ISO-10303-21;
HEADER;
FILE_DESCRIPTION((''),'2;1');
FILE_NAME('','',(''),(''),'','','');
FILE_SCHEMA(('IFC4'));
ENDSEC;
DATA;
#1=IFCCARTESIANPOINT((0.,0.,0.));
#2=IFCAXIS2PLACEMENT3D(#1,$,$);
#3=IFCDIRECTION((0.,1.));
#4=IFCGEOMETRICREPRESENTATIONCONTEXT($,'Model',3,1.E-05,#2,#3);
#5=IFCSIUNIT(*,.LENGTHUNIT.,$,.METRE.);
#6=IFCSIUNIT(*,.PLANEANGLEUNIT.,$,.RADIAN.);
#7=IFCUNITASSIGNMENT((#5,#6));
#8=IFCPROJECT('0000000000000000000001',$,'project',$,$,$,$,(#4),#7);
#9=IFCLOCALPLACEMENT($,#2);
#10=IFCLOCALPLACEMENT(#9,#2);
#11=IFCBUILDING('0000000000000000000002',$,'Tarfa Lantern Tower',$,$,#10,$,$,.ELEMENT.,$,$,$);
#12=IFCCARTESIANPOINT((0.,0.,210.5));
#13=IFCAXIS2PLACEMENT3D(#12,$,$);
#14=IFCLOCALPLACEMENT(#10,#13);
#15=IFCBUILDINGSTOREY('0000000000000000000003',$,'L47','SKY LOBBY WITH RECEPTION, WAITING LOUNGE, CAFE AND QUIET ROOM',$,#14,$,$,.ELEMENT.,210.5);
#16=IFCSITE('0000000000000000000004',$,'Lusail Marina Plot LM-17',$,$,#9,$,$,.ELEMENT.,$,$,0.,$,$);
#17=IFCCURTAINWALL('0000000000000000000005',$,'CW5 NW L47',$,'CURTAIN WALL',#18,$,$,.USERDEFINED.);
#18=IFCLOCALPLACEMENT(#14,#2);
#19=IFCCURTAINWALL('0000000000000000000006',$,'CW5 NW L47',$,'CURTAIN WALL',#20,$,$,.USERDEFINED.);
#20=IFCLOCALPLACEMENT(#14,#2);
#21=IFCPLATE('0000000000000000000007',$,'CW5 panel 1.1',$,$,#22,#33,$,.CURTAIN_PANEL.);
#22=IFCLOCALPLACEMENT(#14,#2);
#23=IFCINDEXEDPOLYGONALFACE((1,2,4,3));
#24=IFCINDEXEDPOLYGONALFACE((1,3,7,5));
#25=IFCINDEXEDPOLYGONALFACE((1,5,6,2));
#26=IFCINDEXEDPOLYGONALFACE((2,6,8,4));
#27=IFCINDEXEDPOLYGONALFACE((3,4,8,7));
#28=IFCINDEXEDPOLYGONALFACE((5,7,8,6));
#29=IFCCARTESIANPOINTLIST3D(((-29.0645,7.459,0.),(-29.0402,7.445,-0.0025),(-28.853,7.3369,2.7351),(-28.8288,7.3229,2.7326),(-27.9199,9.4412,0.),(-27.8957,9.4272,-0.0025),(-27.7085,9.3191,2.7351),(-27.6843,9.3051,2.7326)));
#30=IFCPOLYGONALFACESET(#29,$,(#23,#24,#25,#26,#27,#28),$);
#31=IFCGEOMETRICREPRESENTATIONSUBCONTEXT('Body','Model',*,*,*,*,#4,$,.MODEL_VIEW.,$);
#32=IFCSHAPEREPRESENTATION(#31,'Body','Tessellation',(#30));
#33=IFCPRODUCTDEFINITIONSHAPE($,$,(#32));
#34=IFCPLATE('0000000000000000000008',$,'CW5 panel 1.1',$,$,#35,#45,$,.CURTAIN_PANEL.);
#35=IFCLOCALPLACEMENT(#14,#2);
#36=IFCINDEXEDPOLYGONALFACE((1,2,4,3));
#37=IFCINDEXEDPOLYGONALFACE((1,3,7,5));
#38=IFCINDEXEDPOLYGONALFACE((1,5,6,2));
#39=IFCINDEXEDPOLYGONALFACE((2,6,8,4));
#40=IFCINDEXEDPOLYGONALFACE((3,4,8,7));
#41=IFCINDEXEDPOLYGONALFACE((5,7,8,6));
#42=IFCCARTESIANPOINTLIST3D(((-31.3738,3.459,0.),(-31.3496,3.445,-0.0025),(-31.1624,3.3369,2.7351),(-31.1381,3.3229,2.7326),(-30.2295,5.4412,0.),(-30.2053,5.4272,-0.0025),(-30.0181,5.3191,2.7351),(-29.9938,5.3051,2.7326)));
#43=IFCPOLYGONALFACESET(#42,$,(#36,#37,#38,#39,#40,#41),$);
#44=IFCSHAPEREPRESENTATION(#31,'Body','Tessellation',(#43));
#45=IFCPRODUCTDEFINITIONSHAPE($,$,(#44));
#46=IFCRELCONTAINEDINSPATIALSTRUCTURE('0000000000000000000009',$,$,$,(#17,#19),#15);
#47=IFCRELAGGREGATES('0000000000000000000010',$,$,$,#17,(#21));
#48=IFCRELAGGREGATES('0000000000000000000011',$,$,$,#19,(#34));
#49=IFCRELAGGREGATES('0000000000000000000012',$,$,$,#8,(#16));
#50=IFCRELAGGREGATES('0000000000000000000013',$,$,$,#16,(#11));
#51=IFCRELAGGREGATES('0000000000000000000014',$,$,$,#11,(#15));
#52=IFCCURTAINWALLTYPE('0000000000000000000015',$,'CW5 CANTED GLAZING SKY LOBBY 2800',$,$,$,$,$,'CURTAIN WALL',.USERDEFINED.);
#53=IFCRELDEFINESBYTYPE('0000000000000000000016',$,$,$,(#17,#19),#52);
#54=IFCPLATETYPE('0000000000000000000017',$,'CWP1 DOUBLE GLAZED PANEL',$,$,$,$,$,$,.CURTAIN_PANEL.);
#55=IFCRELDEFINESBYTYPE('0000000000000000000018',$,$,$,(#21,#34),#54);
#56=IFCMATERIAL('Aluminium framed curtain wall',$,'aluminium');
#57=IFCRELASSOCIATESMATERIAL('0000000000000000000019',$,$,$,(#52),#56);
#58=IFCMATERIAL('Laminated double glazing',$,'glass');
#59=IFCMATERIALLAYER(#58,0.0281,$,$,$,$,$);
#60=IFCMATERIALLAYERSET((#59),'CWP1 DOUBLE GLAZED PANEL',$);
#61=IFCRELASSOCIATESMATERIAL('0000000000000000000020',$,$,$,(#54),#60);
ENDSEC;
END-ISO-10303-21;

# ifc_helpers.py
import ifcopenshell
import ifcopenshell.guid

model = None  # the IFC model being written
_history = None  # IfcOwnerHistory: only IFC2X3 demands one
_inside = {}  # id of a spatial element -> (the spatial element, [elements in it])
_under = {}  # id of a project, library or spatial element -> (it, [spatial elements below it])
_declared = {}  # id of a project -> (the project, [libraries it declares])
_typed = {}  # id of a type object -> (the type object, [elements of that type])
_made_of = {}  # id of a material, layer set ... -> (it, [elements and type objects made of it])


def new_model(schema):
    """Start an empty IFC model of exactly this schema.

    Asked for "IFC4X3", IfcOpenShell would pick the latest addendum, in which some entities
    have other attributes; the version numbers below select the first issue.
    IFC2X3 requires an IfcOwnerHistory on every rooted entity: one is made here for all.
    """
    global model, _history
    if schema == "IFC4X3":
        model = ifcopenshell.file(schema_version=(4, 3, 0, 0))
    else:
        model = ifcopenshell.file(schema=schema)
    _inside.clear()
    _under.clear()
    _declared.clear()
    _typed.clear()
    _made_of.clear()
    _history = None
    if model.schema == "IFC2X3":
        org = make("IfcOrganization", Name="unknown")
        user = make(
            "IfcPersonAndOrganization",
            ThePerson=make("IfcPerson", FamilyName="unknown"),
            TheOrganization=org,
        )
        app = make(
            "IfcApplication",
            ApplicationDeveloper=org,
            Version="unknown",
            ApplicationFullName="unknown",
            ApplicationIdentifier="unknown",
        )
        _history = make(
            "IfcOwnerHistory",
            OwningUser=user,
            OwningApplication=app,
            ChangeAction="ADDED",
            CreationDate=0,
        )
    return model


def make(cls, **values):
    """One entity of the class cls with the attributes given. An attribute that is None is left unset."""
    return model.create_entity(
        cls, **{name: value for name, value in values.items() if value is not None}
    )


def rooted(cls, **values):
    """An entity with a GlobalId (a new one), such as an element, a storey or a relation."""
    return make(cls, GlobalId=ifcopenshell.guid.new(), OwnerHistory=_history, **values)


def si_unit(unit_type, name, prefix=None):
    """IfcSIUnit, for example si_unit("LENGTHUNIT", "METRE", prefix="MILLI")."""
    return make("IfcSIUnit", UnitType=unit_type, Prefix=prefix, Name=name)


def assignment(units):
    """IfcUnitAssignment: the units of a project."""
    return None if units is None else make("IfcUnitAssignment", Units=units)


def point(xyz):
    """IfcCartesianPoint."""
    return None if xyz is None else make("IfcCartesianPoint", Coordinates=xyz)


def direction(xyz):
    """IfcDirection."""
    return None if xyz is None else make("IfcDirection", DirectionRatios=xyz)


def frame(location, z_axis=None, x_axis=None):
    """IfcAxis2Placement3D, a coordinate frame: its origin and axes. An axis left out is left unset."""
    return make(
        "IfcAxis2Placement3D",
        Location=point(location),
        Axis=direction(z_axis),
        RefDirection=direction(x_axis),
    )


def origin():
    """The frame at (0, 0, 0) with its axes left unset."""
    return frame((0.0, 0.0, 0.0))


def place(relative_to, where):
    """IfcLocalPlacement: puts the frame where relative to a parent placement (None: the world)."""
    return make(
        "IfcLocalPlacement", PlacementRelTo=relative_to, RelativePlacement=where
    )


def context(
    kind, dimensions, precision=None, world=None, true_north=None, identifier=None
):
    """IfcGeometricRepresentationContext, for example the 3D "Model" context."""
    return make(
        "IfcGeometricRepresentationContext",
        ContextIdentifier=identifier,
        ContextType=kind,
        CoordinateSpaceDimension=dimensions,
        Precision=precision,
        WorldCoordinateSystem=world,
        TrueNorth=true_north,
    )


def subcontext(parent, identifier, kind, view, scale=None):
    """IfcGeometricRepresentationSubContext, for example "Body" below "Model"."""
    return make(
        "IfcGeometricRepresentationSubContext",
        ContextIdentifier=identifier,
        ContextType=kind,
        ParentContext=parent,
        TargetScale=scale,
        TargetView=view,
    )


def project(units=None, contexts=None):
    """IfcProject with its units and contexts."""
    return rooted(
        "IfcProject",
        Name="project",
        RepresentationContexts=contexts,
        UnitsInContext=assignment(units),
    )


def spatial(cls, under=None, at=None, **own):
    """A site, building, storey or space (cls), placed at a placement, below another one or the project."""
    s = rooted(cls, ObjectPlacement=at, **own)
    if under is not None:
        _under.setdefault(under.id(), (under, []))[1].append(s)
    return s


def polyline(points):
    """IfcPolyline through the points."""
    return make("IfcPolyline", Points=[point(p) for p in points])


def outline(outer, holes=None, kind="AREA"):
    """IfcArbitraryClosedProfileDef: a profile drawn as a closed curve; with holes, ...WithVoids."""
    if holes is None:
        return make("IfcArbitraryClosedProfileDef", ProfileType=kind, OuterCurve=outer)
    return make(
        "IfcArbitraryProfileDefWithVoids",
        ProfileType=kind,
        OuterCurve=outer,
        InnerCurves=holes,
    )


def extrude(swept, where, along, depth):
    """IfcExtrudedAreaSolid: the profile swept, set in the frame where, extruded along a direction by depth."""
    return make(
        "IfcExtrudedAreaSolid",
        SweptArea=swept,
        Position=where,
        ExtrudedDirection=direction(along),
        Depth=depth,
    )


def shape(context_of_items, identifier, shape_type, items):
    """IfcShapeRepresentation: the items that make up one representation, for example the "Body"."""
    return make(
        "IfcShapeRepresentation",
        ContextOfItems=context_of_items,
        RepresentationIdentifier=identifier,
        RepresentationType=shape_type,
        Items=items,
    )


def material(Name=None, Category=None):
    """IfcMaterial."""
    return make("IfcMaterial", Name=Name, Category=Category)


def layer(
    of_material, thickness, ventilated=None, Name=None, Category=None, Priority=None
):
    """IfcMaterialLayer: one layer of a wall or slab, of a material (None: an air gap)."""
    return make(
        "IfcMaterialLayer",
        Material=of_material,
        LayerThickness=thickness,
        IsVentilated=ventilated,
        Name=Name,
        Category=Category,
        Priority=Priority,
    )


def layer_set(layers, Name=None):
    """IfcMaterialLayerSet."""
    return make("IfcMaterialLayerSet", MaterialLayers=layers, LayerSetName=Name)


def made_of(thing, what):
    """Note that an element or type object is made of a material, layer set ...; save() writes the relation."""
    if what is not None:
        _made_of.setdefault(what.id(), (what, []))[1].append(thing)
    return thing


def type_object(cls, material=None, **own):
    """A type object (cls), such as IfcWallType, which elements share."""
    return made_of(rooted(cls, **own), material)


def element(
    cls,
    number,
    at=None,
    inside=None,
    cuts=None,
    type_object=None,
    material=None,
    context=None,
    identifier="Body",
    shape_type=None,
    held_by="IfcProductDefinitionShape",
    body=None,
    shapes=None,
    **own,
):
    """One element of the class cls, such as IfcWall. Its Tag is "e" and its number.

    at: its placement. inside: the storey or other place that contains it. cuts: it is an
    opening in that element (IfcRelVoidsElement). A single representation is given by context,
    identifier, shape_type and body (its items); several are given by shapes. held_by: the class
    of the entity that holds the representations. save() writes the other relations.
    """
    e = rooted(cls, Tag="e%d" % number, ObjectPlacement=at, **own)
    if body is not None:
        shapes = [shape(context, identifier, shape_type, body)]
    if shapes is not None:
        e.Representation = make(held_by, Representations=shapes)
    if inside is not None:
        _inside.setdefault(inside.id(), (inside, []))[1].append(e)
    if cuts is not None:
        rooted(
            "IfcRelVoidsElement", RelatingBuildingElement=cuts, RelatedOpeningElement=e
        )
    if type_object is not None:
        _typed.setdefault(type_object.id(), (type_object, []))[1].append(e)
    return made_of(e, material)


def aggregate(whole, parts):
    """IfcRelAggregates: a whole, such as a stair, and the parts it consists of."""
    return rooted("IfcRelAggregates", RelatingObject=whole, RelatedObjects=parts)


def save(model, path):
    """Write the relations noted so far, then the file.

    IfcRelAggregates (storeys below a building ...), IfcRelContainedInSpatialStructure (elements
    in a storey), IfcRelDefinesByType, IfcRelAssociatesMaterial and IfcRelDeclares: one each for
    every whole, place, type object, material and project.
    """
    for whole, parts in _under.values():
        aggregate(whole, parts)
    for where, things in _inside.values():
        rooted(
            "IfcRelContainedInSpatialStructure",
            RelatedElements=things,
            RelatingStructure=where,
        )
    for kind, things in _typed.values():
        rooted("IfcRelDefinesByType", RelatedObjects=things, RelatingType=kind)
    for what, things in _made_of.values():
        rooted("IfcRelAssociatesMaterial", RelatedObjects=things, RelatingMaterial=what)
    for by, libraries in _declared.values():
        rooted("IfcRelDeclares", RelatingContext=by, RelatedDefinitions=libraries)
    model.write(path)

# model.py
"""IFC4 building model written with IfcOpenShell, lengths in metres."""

from ifc_helpers import new_model, si_unit, direction, frame, origin, place, context, subcontext, project, spatial, polyline, outline, extrude, material, layer, layer_set, type_object, element, aggregate, save


model = new_model("IFC4")

# Units and contexts
model_context = context("Model", 3, precision=1e-05, world=origin(), true_north=direction((0.0, 1.0)))
body_context = subcontext(model_context, "Body", "Model", "MODEL_VIEW")
ifc_project = project(units=[si_unit("LENGTHUNIT", "METRE"), si_unit("PLANEANGLEUNIT", "RADIAN")], contexts=[model_context])

# Site, building, storey
site_placement = place(None, origin())
site = spatial("IfcSite", under=ifc_project, at=site_placement, Name="Lusail Marina Plot LM-17", CompositionType="ELEMENT", RefElevation=0.0)
building_placement = place(site_placement, origin())
building = spatial("IfcBuilding", under=site, at=building_placement, Name="Tarfa Lantern Tower", CompositionType="ELEMENT")
storey_placement = place(building_placement, frame((0.0, 0.0, 210.5)))
storey = spatial("IfcBuildingStorey", under=building, at=storey_placement, Name="L47", Description="SKY LOBBY WITH RECEPTION, WAITING LOUNGE, CAFE AND QUIET ROOM", CompositionType="ELEMENT", Elevation=210.5)

# Curtain walls
ifc_material_1 = material(Name="Aluminium framed curtain wall", Category="aluminium")
curtain_wall_type = type_object("IfcCurtainWallType", Name="CW5 CANTED GLAZING SKY LOBBY 2800", ElementType="CURTAIN WALL", PredefinedType="USERDEFINED", material=ifc_material_1)
curtain_wall_1_placement = place(storey_placement, origin())
curtain_wall_1 = element("IfcCurtainWall", 1, at=curtain_wall_1_placement, inside=storey, type_object=curtain_wall_type, Name="CW5 NW L47", ObjectType="CURTAIN WALL", PredefinedType="USERDEFINED")
curtain_wall_2_placement = place(storey_placement, origin())
curtain_wall_2 = element("IfcCurtainWall", 2, at=curtain_wall_2_placement, inside=storey, type_object=curtain_wall_type, Name="CW5 NW L47", ObjectType="CURTAIN WALL", PredefinedType="USERDEFINED")

# Plates
ifc_material_2 = material(Name="Laminated double glazing", Category="glass")
ifc_layer = layer(ifc_material_2, 0.0281)
ifc_layer_set = layer_set([ifc_layer], Name="CWP1 DOUBLE GLAZED PANEL")
plate_type = type_object("IfcPlateType", Name="CWP1 DOUBLE GLAZED PANEL", PredefinedType="CURTAIN_PANEL", material=ifc_layer_set)
plate_1_placement = place(storey_placement, frame((-27.9199, 9.4412, 0.0), z_axis=(-0.862573, 0.498059, 0.088906), x_axis=(-0.500039, -0.866003, 0.0)))
plate_1 = element("IfcPlate", 3, at=plate_1_placement, type_object=plate_type, Name="CW5 panel 1.1", PredefinedType="CURTAIN_PANEL", context=body_context, shape_type="SweptSolid", body=[
    extrude(outline(polyline([(0.0, 0.0), (2.2889, 0.0), (2.2889, 2.746), (0.0, 2.746), (0.0, 0.0)])), origin(), (0.0, 0.0, -1.0), 0.0281),
])
aggregate(curtain_wall_1, [plate_1])
plate_2_placement = place(storey_placement, frame((-30.2295, 5.4412, 0.0), z_axis=(-0.862619, 0.49798, 0.088906), x_axis=(-0.499959, -0.866049, 0.0)))
plate_2 = element("IfcPlate", 4, at=plate_2_placement, type_object=plate_type, Name="CW5 panel 1.1", PredefinedType="CURTAIN_PANEL", context=body_context, shape_type="SweptSolid", body=[
    extrude(outline(polyline([(0.0, 0.0), (2.2888, 0.0), (2.2888, 2.746), (0.0, 2.746), (0.0, 0.0)])), origin(), (0.0, 0.0, -1.0), 0.0281),
])
aggregate(curtain_wall_2, [plate_2])

save(model, "model.ifc")
